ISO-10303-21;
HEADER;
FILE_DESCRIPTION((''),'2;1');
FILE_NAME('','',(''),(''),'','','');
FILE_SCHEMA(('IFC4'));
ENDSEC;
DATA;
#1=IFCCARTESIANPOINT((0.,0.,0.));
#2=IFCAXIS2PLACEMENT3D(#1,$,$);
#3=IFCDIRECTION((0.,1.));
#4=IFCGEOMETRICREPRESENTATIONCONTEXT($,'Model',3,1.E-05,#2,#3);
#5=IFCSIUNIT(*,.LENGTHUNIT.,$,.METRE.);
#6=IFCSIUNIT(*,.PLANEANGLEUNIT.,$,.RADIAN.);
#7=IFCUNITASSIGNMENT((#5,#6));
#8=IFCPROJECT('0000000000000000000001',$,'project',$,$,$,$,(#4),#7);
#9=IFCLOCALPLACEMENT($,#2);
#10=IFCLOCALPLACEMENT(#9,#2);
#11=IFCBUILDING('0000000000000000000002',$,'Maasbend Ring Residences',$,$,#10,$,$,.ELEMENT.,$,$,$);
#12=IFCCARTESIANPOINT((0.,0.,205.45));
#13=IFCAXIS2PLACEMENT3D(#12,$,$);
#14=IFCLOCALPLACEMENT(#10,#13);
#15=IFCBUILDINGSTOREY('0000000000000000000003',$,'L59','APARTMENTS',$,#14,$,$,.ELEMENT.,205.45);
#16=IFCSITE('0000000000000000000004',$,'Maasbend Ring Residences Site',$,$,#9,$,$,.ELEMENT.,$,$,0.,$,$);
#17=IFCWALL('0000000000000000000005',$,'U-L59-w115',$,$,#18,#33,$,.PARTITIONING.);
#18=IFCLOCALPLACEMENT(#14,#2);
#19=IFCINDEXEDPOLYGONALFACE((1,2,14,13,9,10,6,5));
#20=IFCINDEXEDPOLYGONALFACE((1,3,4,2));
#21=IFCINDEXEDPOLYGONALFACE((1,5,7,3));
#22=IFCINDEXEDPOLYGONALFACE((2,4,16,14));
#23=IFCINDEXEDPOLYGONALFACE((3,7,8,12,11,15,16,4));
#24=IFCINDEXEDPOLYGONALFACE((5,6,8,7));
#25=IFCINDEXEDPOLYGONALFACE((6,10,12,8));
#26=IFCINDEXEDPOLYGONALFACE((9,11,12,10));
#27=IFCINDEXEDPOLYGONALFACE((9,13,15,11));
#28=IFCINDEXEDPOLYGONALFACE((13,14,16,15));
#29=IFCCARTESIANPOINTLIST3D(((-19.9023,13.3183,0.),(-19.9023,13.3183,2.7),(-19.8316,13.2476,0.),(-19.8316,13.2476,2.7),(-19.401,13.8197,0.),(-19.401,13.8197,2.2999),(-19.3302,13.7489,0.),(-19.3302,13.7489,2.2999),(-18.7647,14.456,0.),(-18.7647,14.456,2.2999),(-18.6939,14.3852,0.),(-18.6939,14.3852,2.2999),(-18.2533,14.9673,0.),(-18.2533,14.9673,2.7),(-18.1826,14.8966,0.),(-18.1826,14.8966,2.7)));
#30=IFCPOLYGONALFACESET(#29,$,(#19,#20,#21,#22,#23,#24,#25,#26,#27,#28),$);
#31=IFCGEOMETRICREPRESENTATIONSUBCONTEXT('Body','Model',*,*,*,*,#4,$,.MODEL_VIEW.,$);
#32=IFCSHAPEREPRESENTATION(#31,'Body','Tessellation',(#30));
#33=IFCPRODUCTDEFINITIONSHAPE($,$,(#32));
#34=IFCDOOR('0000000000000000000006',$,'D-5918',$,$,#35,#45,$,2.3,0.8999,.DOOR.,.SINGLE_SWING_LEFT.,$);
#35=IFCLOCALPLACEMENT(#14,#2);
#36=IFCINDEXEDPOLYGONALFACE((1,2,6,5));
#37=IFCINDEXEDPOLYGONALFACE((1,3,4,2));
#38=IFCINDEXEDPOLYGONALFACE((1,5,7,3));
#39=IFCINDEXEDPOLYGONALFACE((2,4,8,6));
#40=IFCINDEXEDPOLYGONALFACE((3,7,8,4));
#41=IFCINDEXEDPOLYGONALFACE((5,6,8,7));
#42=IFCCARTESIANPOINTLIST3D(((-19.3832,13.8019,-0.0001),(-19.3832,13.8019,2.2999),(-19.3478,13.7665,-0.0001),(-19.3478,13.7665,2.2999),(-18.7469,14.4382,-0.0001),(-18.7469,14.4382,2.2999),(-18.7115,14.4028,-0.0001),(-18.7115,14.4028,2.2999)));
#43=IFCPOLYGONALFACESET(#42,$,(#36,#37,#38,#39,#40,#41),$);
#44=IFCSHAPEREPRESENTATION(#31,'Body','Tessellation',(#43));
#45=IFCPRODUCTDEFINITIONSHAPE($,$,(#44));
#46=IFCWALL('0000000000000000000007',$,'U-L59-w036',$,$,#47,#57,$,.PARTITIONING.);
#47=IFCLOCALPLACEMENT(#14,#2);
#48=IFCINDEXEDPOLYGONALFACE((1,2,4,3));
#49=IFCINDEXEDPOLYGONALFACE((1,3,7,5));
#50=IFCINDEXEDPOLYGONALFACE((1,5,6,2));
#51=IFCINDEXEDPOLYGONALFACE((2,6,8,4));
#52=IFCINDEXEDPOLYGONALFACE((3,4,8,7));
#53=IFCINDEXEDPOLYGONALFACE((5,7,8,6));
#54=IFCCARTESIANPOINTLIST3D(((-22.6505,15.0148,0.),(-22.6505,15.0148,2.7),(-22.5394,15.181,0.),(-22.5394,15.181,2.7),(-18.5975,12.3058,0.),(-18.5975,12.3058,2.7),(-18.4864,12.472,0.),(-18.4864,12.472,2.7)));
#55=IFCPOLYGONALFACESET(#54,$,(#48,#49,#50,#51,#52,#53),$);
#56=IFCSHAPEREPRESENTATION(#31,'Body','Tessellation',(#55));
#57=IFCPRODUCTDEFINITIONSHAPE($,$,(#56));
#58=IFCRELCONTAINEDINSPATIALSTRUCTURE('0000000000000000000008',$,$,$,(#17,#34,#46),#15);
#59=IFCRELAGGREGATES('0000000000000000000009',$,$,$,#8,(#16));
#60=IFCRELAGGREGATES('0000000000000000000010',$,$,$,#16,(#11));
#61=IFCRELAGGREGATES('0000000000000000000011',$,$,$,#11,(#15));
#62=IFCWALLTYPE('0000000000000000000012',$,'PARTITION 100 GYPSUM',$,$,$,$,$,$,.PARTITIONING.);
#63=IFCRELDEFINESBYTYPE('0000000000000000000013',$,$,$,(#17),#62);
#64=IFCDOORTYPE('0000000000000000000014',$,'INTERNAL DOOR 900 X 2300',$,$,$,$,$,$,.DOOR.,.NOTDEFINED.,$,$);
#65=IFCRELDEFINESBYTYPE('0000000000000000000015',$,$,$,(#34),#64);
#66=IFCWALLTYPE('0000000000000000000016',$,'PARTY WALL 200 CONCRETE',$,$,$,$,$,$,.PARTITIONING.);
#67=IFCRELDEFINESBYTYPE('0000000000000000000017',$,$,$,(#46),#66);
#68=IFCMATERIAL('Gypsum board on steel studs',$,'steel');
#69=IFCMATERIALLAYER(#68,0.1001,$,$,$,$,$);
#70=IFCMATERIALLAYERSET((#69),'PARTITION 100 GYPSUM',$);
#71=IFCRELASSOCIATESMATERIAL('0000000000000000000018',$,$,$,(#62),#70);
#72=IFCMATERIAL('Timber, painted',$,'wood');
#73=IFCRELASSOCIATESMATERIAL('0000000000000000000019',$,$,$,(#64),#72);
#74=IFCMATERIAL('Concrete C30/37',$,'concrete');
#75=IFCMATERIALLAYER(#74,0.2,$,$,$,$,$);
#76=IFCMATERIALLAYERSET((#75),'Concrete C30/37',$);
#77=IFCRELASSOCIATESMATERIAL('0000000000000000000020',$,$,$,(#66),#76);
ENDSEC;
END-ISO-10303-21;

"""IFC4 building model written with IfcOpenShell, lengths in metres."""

from ifc_helpers import new_model, si_unit, direction, frame, frame_2d, origin, place, context, subcontext, project, spatial, rectangle, extrude, material, layer, layer_set, type_object, element, fill, save


model = new_model("IFC4")

# Units and contexts
model_context = context("Model", 3, precision=1e-05, world=origin(), true_north=direction((0.0, 1.0)))
body_context = subcontext(model_context, "Body", "Model", "MODEL_VIEW")
ifc_project = project(units=[si_unit("LENGTHUNIT", "METRE"), si_unit("PLANEANGLEUNIT", "RADIAN")], contexts=[model_context])

# Site, building, storey
site_placement = place(None, origin())
site = spatial("IfcSite", under=ifc_project, at=site_placement, Name="Maasbend Ring Residences Site", CompositionType="ELEMENT", RefElevation=0.0)
building_placement = place(site_placement, origin())
building = spatial("IfcBuilding", under=site, at=building_placement, Name="Maasbend Ring Residences", CompositionType="ELEMENT")
storey_placement = place(building_placement, frame((0.0, 0.0, 205.45)))
storey = spatial("IfcBuildingStorey", under=building, at=storey_placement, Name="L59", Description="APARTMENTS", CompositionType="ELEMENT", Elevation=205.45)

# Shared definitions
ifc_material_1 = material(Name="Gypsum board on steel studs", Category="steel")
ifc_layer_1 = layer(ifc_material_1, 0.1001)
ifc_layer_set_1 = layer_set([ifc_layer_1], Name="PARTITION 100 GYPSUM")
wall_type_1 = type_object("IfcWallType", Name="PARTITION 100 GYPSUM", PredefinedType="PARTITIONING", material=ifc_layer_set_1)

# Wall, opening, door
ifc_material_2 = material(Name="Timber, painted", Category="wood")
door_type_1 = type_object("IfcDoorType", Name="INTERNAL DOOR 900 X 2300", OperationType="NOTDEFINED", PredefinedType="DOOR", material=ifc_material_2)
wall_1_placement = place(storey_placement, frame((-19.8669, 13.283, 0.0), z_axis=(0.0, 0.0, 1.0), x_axis=(0.707107, 0.707107, 0.0)))
wall_1 = element("IfcWall", 1, at=wall_1_placement, inside=storey, type_object=wall_type_1, Name="U-L59-w115", PredefinedType="PARTITIONING", context=body_context, shape_type="SweptSolid", body=[
    extrude(rectangle(XDim=2.332, YDim=0.1001, at=frame_2d((1.166, 0.0))), origin(), (0.0, 0.0, 1.0), 2.7),
])
opening_1_placement = place(wall_1_placement, frame((0.709, 0.0, 0.0)))
opening_1 = element("IfcOpeningElement", 2, at=opening_1_placement, cuts=wall_1, PredefinedType="OPENING", context=body_context, shape_type="SweptSolid", body=[
    extrude(rectangle(XDim=0.8999, YDim=2.3, at=frame_2d((0.45, 1.1499))), frame((0.0, 0.0601, 0.0), z_axis=(0.0, -1.0, 0.0), x_axis=(1.0, 0.0, 0.0)), (0.0, 0.0, 1.0), 0.1201),
])
door_1_placement = place(opening_1_placement, origin())
door_1 = element("IfcDoor", 3, at=door_1_placement, inside=storey, type_object=door_type_1, Name="D-5918", OperationType="SINGLE_SWING_LEFT", OverallHeight=2.3, OverallWidth=0.8999, PredefinedType="DOOR", context=body_context, shape_type="SweptSolid", body=[
    extrude(rectangle(XDim=0.8999, YDim=2.3, at=frame_2d((0.45, 1.1499))), frame((0.0, 0.0249, 0.0), z_axis=(0.0, -1.0, 0.0), x_axis=(1.0, 0.0, 0.0)), (0.0, 0.0, 1.0), 0.05),
])
fill(opening_1, door_1)

# Wall
ifc_material_3 = material(Name="Concrete C30/37", Category="concrete")
ifc_layer_2 = layer(ifc_material_3, 0.2)
ifc_layer_set_2 = layer_set([ifc_layer_2], Name="Concrete C30/37")
wall_type_2 = type_object("IfcWallType", Name="PARTY WALL 200 CONCRETE", PredefinedType="PARTITIONING", material=ifc_layer_set_2)
wall_2_placement = place(storey_placement, frame((-22.595, 15.0979, 0.0), z_axis=(0.0, 0.0, 1.0), x_axis=(0.831387, -0.555694, 0.0)))
element("IfcWall", 4, at=wall_2_placement, inside=storey, type_object=wall_type_2, Name="U-L59-w036", PredefinedType="PARTITIONING", context=body_context, shape_type="SweptSolid", body=[
    extrude(rectangle(XDim=4.875, YDim=0.2, at=frame_2d((2.4375, 0.0))), origin(), (0.0, 0.0, 1.0), 2.7),
])

save(model, "model.ifc")
